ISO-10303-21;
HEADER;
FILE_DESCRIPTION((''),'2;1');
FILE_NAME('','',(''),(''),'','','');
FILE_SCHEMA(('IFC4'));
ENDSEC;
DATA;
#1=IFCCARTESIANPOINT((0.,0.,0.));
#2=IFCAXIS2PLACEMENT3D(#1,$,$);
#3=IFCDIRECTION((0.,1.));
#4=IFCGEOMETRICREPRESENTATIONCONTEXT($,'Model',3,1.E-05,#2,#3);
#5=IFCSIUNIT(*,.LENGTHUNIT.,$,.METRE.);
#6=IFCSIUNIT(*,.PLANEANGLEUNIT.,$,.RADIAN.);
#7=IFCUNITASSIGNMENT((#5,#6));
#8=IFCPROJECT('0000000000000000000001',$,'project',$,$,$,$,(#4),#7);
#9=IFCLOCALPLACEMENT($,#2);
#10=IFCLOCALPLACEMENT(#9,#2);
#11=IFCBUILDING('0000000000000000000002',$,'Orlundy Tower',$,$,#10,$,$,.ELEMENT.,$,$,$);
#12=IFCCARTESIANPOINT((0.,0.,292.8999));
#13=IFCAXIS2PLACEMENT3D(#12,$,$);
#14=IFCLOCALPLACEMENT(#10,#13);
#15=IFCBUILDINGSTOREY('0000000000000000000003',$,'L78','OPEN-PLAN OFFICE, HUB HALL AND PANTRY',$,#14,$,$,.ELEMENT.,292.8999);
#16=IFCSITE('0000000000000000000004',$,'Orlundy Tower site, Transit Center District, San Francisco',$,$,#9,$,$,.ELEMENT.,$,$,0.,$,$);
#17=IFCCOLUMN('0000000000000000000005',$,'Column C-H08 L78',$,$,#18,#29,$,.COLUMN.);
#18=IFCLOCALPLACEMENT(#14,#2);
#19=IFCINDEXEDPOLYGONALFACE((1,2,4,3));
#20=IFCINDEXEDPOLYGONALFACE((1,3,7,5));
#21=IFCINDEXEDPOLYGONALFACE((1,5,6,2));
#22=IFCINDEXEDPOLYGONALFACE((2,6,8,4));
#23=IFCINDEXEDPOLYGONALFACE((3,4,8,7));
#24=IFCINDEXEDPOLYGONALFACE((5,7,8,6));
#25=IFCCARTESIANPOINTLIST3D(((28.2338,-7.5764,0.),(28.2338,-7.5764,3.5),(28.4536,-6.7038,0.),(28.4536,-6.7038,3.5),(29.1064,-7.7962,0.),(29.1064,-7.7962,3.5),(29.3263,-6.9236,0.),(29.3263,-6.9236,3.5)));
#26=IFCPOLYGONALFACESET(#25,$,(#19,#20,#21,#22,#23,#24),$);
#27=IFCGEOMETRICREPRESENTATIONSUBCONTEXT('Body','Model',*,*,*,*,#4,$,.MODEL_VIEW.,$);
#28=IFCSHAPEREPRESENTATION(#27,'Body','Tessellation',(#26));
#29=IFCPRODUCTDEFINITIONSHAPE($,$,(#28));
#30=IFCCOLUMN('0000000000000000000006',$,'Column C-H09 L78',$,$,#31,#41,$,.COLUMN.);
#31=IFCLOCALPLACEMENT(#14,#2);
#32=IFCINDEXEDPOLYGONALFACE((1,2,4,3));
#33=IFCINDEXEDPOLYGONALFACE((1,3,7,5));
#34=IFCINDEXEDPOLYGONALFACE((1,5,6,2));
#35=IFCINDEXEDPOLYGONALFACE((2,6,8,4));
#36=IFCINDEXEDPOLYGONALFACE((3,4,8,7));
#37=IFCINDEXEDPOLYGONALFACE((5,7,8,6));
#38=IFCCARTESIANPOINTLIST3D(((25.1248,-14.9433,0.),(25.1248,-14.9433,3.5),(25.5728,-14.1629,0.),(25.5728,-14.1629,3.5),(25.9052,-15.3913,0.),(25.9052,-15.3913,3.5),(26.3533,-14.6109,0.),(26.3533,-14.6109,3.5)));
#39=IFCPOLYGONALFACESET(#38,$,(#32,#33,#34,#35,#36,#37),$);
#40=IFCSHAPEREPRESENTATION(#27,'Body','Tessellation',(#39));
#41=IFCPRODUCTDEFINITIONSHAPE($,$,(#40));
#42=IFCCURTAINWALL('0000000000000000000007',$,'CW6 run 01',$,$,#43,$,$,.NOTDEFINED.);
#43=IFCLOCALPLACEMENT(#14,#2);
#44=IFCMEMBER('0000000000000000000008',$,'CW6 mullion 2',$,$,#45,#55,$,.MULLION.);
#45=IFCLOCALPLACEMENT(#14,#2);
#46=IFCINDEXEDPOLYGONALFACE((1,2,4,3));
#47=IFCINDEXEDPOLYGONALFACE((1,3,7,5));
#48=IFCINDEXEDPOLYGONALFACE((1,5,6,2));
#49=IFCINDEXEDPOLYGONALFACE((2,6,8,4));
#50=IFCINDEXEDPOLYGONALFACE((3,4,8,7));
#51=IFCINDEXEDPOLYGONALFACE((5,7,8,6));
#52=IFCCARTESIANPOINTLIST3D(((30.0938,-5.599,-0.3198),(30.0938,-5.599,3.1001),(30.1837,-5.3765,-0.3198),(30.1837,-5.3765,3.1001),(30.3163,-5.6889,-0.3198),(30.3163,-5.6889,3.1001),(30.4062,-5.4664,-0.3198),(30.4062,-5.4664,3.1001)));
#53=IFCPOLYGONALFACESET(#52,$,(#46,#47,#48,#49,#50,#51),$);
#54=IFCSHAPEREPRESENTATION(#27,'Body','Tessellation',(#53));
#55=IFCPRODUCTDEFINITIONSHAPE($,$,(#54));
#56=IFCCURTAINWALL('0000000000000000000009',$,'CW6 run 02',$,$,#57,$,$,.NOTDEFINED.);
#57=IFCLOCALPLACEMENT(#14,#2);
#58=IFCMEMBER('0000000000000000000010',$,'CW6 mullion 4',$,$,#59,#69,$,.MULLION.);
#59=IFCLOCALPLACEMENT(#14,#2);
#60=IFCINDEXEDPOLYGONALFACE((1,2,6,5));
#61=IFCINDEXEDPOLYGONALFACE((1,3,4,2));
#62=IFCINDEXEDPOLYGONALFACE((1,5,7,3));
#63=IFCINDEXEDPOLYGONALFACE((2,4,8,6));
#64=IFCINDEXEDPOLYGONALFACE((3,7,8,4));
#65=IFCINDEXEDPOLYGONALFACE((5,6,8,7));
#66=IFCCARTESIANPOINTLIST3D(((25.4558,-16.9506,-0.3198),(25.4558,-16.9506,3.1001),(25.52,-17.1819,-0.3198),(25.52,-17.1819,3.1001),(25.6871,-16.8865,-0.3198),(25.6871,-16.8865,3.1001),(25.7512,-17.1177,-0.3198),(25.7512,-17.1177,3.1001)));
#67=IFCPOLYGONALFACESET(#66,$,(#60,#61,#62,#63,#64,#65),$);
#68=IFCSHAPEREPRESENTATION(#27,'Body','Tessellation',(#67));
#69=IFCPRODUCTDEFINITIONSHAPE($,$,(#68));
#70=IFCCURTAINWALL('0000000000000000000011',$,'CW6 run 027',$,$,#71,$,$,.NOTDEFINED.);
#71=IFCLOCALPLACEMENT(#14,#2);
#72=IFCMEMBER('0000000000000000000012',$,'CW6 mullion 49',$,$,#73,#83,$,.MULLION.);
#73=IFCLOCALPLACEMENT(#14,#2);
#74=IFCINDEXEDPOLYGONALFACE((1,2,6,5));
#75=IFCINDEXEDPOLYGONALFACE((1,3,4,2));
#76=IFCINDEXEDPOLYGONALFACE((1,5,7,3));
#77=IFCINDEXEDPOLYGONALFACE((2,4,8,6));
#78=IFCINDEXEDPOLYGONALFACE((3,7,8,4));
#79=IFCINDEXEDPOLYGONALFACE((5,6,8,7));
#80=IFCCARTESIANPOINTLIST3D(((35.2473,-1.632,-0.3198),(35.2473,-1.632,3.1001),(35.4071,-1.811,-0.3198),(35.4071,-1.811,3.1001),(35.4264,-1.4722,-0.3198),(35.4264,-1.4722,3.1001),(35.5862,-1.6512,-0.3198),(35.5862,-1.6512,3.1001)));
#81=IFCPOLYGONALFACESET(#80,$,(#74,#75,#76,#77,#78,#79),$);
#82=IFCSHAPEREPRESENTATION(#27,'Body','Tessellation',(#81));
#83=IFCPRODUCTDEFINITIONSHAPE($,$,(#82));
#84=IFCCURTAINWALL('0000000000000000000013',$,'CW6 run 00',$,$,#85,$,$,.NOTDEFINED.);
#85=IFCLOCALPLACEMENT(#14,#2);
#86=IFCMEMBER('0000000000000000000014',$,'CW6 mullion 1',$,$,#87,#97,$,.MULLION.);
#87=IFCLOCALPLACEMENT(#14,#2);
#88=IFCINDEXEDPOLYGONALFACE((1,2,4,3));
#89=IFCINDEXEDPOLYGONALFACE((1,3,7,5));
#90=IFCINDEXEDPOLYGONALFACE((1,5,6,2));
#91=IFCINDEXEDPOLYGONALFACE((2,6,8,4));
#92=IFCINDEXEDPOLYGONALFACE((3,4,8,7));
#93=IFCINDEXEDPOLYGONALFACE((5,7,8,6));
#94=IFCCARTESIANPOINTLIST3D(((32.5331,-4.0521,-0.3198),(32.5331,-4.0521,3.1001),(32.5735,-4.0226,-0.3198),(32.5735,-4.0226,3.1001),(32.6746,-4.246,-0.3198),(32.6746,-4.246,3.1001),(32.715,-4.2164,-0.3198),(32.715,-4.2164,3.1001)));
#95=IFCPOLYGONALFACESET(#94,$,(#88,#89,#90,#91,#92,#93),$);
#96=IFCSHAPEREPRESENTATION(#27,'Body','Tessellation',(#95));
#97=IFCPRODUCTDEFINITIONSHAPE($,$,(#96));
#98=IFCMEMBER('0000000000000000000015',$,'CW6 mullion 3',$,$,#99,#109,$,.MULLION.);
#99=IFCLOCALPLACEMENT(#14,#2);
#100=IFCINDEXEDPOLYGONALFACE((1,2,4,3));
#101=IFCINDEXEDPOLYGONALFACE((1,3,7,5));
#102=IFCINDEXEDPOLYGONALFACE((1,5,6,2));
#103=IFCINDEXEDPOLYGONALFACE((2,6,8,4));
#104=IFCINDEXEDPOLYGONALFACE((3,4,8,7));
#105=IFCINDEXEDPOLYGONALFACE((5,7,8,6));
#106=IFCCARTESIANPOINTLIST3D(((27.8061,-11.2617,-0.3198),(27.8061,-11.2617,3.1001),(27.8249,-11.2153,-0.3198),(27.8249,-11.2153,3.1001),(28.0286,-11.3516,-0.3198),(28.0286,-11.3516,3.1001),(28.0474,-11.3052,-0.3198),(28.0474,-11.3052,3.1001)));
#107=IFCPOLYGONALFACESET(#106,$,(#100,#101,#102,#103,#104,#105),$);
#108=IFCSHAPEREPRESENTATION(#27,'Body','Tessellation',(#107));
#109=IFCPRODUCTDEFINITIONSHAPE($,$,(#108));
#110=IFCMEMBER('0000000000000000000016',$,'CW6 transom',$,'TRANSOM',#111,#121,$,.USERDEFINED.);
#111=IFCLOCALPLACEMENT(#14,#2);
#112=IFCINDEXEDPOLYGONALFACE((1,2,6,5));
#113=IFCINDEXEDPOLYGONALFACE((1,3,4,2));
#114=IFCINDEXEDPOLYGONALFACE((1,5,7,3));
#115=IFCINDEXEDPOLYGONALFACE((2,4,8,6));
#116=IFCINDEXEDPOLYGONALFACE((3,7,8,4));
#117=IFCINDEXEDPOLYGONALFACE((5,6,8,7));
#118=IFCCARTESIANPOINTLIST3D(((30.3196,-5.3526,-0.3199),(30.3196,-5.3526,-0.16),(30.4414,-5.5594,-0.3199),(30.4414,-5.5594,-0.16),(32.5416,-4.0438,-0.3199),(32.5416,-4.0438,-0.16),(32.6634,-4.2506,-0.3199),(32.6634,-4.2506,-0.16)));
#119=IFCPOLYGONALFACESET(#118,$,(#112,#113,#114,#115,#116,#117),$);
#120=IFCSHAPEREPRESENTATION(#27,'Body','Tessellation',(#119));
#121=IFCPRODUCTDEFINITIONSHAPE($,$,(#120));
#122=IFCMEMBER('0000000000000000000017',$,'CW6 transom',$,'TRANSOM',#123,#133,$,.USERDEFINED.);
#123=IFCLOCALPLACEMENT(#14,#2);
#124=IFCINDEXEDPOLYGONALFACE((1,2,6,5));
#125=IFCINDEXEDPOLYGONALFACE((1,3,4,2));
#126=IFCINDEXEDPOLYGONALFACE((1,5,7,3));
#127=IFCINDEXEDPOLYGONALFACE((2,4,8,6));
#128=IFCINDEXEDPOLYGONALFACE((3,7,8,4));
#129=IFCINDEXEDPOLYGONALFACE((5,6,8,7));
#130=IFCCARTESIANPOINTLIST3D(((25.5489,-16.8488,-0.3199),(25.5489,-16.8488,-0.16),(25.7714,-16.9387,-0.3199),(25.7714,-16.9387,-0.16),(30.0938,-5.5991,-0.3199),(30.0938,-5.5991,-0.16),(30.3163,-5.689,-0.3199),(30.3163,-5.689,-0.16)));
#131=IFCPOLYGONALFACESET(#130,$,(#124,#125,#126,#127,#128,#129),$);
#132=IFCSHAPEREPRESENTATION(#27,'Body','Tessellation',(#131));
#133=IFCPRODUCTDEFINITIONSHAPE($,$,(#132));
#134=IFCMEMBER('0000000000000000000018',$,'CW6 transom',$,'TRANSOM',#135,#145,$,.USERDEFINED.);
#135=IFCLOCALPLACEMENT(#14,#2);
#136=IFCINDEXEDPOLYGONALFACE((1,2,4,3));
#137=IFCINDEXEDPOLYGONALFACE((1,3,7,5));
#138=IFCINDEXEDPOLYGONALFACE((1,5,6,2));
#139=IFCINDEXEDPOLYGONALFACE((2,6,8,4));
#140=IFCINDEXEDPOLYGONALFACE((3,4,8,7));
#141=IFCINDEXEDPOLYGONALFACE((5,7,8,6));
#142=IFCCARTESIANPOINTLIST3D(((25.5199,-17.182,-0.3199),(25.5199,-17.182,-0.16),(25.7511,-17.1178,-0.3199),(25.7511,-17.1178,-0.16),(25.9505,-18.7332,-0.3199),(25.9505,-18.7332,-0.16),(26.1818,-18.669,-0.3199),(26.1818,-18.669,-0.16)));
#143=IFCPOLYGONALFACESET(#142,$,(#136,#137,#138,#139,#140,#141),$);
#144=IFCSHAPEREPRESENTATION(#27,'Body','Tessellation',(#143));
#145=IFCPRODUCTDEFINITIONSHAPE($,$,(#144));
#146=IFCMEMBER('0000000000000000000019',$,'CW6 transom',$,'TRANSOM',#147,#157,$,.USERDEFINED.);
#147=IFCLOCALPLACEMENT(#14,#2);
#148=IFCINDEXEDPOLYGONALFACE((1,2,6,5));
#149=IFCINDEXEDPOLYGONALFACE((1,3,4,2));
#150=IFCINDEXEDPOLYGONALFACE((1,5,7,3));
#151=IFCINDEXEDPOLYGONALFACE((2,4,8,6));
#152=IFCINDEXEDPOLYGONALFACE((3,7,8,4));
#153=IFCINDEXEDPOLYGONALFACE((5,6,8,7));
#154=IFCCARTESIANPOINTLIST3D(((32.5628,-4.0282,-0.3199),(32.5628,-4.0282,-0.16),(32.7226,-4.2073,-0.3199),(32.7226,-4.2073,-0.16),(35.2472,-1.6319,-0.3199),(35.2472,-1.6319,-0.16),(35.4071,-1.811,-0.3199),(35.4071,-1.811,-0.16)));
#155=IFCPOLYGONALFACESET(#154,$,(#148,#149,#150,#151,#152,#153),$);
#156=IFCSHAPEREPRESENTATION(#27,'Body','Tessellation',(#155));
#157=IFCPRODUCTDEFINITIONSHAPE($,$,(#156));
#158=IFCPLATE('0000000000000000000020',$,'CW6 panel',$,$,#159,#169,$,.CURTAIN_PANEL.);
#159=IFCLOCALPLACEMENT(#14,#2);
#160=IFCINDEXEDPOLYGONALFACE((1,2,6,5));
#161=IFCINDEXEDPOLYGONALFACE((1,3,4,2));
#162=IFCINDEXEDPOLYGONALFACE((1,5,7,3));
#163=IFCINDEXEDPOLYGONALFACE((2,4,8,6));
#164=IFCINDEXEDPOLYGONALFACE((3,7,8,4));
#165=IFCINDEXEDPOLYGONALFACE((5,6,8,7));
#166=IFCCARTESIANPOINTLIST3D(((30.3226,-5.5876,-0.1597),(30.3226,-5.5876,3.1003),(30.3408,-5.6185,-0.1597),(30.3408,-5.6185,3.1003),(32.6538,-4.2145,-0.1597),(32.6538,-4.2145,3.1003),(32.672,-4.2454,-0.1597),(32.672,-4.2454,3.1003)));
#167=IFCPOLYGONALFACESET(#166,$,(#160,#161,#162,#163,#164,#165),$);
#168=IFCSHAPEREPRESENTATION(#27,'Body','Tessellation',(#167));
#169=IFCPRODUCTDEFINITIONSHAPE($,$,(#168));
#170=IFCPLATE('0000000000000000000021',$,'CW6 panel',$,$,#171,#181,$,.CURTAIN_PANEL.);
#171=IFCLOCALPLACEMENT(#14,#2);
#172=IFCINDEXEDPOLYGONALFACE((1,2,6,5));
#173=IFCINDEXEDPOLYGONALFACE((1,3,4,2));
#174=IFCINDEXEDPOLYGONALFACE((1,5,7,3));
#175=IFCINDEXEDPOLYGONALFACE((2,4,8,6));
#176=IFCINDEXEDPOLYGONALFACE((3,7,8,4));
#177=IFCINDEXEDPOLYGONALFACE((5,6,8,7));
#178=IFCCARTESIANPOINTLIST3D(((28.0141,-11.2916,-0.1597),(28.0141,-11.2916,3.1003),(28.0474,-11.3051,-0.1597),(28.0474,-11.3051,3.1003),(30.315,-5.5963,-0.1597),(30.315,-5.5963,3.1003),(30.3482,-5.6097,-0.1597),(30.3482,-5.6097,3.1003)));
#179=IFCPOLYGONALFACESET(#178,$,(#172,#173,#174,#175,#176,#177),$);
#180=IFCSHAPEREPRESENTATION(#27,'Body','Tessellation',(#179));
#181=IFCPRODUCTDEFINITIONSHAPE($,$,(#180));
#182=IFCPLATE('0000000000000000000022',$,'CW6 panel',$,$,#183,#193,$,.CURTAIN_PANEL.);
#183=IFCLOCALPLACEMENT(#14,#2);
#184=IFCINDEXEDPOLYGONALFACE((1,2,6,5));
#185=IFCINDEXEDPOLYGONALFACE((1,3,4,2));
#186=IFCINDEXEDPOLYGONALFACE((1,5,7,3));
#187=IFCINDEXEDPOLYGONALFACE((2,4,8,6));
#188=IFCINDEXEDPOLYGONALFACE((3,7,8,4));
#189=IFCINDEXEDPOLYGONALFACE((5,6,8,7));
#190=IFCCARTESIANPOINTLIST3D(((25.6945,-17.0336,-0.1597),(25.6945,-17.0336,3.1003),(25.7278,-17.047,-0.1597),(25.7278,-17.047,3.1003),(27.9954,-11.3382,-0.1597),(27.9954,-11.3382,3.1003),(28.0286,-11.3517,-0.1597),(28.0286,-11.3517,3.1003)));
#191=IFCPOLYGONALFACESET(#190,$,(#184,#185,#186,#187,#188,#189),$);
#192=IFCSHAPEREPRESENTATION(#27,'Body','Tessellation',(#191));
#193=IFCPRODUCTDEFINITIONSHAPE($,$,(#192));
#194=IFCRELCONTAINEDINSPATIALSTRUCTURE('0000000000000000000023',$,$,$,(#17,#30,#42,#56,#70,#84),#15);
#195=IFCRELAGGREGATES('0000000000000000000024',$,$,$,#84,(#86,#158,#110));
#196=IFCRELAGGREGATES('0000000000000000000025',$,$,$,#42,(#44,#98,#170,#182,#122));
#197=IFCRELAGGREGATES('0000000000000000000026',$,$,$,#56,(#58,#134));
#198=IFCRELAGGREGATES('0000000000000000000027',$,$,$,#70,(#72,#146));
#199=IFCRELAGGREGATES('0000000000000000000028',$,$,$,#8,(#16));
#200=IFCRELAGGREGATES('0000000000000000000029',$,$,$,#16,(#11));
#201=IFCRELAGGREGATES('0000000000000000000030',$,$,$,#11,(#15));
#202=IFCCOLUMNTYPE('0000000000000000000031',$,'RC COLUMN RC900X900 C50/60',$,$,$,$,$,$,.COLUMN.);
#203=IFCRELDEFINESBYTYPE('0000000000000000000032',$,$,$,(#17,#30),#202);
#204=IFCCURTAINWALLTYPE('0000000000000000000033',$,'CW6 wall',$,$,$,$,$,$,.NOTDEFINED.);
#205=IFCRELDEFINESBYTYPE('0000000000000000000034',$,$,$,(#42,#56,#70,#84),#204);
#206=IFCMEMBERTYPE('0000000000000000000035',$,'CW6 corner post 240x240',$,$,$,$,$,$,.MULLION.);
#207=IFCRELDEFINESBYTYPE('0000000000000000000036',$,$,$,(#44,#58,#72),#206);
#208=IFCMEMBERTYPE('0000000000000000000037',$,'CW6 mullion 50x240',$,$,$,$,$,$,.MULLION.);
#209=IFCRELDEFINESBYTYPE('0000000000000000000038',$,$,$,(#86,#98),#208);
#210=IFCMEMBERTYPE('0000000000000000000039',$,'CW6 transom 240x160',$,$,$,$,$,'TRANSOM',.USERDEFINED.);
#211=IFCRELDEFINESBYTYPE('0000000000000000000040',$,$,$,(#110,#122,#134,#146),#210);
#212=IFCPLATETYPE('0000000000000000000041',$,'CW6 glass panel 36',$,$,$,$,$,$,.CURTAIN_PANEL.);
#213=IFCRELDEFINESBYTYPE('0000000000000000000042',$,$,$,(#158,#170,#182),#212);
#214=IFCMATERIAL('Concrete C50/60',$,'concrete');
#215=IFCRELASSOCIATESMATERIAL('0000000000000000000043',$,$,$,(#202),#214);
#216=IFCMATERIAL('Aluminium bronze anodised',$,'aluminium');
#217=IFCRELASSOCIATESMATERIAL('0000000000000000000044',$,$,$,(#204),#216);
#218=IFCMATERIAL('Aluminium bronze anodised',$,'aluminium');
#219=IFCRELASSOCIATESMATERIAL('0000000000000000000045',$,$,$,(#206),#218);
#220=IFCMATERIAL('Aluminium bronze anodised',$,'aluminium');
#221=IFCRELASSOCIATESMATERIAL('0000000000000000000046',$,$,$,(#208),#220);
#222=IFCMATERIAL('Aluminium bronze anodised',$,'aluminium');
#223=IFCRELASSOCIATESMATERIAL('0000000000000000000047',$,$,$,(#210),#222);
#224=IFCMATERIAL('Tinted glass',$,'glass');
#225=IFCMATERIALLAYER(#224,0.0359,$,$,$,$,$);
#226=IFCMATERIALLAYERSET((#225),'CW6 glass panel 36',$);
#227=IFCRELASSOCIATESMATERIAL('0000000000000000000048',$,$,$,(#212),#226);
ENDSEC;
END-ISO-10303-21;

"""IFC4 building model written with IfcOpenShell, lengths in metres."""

from ifc_helpers import new_model, si_unit, direction, frame, origin, origin_2d, place, context, subcontext, project, spatial, rectangle, extrude, material, layer, layer_set, material_profile, profile_set, type_object, element, aggregate, save


model = new_model("IFC4")

# Units and contexts
model_context = context("Model", 3, precision=1e-05, world=origin(), true_north=direction((0.0, 1.0)))
body_context = subcontext(model_context, "Body", "Model", "MODEL_VIEW")
ifc_project = project(units=[si_unit("LENGTHUNIT", "METRE"), si_unit("PLANEANGLEUNIT", "RADIAN")], contexts=[model_context])

# Site, building, storey
site_placement = place(None, origin())
site = spatial("IfcSite", under=ifc_project, at=site_placement, Name="Orlundy Tower site, Transit Center District, San Francisco", CompositionType="ELEMENT", RefElevation=0.0)
building_placement = place(site_placement, origin())
building = spatial("IfcBuilding", under=site, at=building_placement, Name="Orlundy Tower", CompositionType="ELEMENT")
storey_placement = place(building_placement, frame((0.0, 0.0, 292.8999)))
storey = spatial("IfcBuildingStorey", under=building, at=storey_placement, Name="L78", Description="OPEN-PLAN OFFICE, HUB HALL AND PANTRY", CompositionType="ELEMENT", Elevation=292.8999)

# Columns
ifc_material_1 = material(Name="Concrete C50/60", Category="concrete")
ifc_material_profile_1 = material_profile(ifc_material_1, rectangle(XDim=0.8999, YDim=0.8999, at=origin_2d()), Name="RC900X900")
ifc_profile_set_1 = profile_set([ifc_material_profile_1], Name="Concrete C50/60")
column_type = type_object("IfcColumnType", Name="RC COLUMN RC900X900 C50/60", PredefinedType="COLUMN", material=ifc_profile_set_1)
for number, where, z_axis, x_axis, name in (
    (1, (28.78, -7.25, 0.0), (0.0, 0.0, 1.0), (0.969706, -0.244275, 0.0), "Column C-H08 L78"),
    (2, (25.739, -14.7771, 0.0), (0.0, 0.0, 1.0), (0.867236, -0.497898, 0.0), "Column C-H09 L78"),
):
    element("IfcColumn", number, at=place(storey_placement, frame(where, z_axis=z_axis, x_axis=x_axis)), inside=storey, type_object=column_type, Name=name, PredefinedType="COLUMN", context=body_context, shape_type="SweptSolid", body=[
        extrude(rectangle(XDim=0.8999, YDim=0.8999, at=origin_2d()), origin(), (0.0, 0.0, 1.0), 3.5),
    ])

# Curtain walls, members
ifc_material_2 = material(Name="Aluminium bronze anodised", Category="aluminium")
curtain_wall_type = type_object("IfcCurtainWallType", Name="CW6 wall", PredefinedType="NOTDEFINED", material=ifc_material_2)
curtain_wall_1_placement = place(storey_placement, origin())
curtain_wall_1 = element("IfcCurtainWall", 3, at=curtain_wall_1_placement, inside=storey, type_object=curtain_wall_type, Name="CW6 run 01", PredefinedType="NOTDEFINED")
ifc_material_3 = material(Name="Aluminium bronze anodised", Category="aluminium")
ifc_material_profile_2 = material_profile(ifc_material_3, rectangle(XDim=0.24, YDim=0.24, at=origin_2d()), Name="CW6 corner post 240x240")
ifc_profile_set_2 = profile_set([ifc_material_profile_2], Name="Aluminium bronze anodised")
member_type_1 = type_object("IfcMemberType", Name="CW6 corner post 240x240", PredefinedType="MULLION", material=ifc_profile_set_2)
member_1_placement = place(storey_placement, frame((30.25, -5.5327, -0.3198), z_axis=(0.0, 0.0, 1.0), x_axis=(0.927195, -0.374578, 0.0)))
member_1 = element("IfcMember", 4, at=member_1_placement, type_object=member_type_1, Name="CW6 mullion 2", PredefinedType="MULLION", context=body_context, shape_type="SweptSolid", body=[
    extrude(rectangle(XDim=0.24, YDim=0.24, at=origin_2d()), origin(), (0.0, 0.0, 1.0), 3.4199),
])
curtain_wall_2_placement = place(storey_placement, origin())
curtain_wall_2 = element("IfcCurtainWall", 5, at=curtain_wall_2_placement, inside=storey, type_object=curtain_wall_type, Name="CW6 run 02", PredefinedType="NOTDEFINED")
member_2_placement = place(storey_placement, frame((25.6035, -17.0342, -0.3198), z_axis=(0.0, 0.0, 1.0), x_axis=(0.96359, 0.267384, 0.0)))
member_2 = element("IfcMember", 6, at=member_2_placement, type_object=member_type_1, Name="CW6 mullion 4", PredefinedType="MULLION", context=body_context, shape_type="SweptSolid", body=[
    extrude(rectangle(XDim=0.24, YDim=0.24, at=origin_2d()), origin(), (0.0, 0.0, 1.0), 3.4199),
])
curtain_wall_3_placement = place(storey_placement, origin())
curtain_wall_3 = element("IfcCurtainWall", 7, at=curtain_wall_3_placement, inside=storey, type_object=curtain_wall_type, Name="CW6 run 027", PredefinedType="NOTDEFINED")
member_3_placement = place(storey_placement, frame((35.4167, -1.6416, -0.3198), z_axis=(0.0, 0.0, 1.0), x_axis=(0.665919, -0.746024, 0.0)))
member_3 = element("IfcMember", 8, at=member_3_placement, type_object=member_type_1, Name="CW6 mullion 49", PredefinedType="MULLION", context=body_context, shape_type="SweptSolid", body=[
    extrude(rectangle(XDim=0.24, YDim=0.24, at=origin_2d()), origin(), (0.0, 0.0, 1.0), 3.4199),
])
curtain_wall_4_placement = place(storey_placement, origin())
curtain_wall_4 = element("IfcCurtainWall", 9, at=curtain_wall_4_placement, inside=storey, type_object=curtain_wall_type, Name="CW6 run 00", PredefinedType="NOTDEFINED")
ifc_material_4 = material(Name="Aluminium bronze anodised", Category="aluminium")
ifc_material_profile_3 = material_profile(ifc_material_4, rectangle(XDim=0.24, YDim=0.05, at=origin_2d()), Name="CW6 mullion 50x240")
ifc_profile_set_3 = profile_set([ifc_material_profile_3], Name="Aluminium bronze anodised")
member_type_2 = type_object("IfcMemberType", Name="CW6 mullion 50x240", PredefinedType="MULLION", material=ifc_profile_set_3)
member_4_placement = place(storey_placement, frame((32.624, -4.1343, -0.3198), z_axis=(0.0, 0.0, 1.0), x_axis=(0.589554, -0.807729, 0.0)))
member_4 = element("IfcMember", 10, at=member_4_placement, type_object=member_type_2, Name="CW6 mullion 1", PredefinedType="MULLION", context=body_context, shape_type="SweptSolid", body=[
    extrude(rectangle(XDim=0.24, YDim=0.05, at=origin_2d()), origin(), (0.0, 0.0, 1.0), 3.4199),
])

# Members
member_5_placement = place(storey_placement, frame((27.9268, -11.2834, -0.3198), z_axis=(0.0, 0.0, 1.0), x_axis=(0.927195, -0.374578, 0.0)))
member_5 = element("IfcMember", 11, at=member_5_placement, type_object=member_type_2, Name="CW6 mullion 3", PredefinedType="MULLION", context=body_context, shape_type="SweptSolid", body=[
    extrude(rectangle(XDim=0.24, YDim=0.05, at=origin_2d()), origin(), (0.0, 0.0, 1.0), 3.4199),
])
ifc_material_5 = material(Name="Aluminium bronze anodised", Category="aluminium")
ifc_material_profile_4 = material_profile(ifc_material_5, rectangle(XDim=0.24, YDim=0.1599, at=origin_2d()), Name="CW6 transom 240x160")
ifc_profile_set_4 = profile_set([ifc_material_profile_4], Name="Aluminium bronze anodised")
member_type_3 = type_object("IfcMemberType", Name="CW6 transom 240x160", ElementType="TRANSOM", PredefinedType="USERDEFINED", material=ifc_profile_set_4)
member_6_placement = place(storey_placement, frame((32.6025, -4.1472, -0.24), z_axis=(-0.861649, -0.507504, 0.0), x_axis=(0.507504, -0.861649, 0.0)))
member_6 = element("IfcMember", 12, at=member_6_placement, type_object=member_type_3, Name="CW6 transom", ObjectType="TRANSOM", PredefinedType="USERDEFINED", context=body_context, shape_type="SweptSolid", body=[
    extrude(rectangle(XDim=0.24, YDim=0.1599, at=origin_2d()), origin(), (0.0, 0.0, 1.0), 2.5789),
])
member_7_placement = place(storey_placement, frame((30.2051, -5.644, -0.24), z_axis=(-0.374587, -0.927192, 0.0), x_axis=(0.927192, -0.374587, 0.0)))
member_7 = element("IfcMember", 13, at=member_7_placement, type_object=member_type_3, Name="CW6 transom", ObjectType="TRANSOM", PredefinedType="USERDEFINED", context=body_context, shape_type="SweptSolid", body=[
    extrude(rectangle(XDim=0.24, YDim=0.1599, at=origin_2d()), origin(), (0.0, 0.0, 1.0), 12.1331),
])
member_8_placement = place(storey_placement, frame((25.6355, -17.1499, -0.24), z_axis=(0.267503, -0.963557, 0.0), x_axis=(0.963557, 0.267503, 0.0)))
member_8 = element("IfcMember", 14, at=member_8_placement, type_object=member_type_3, Name="CW6 transom", ObjectType="TRANSOM", PredefinedType="USERDEFINED", context=body_context, shape_type="SweptSolid", body=[
    extrude(rectangle(XDim=0.24, YDim=0.1599, at=origin_2d()), origin(), (0.0, 0.0, 1.0), 1.6099),
])
member_9_placement = place(storey_placement, frame((35.3271, -1.7214, -0.24), z_axis=(-0.746004, -0.665942, 0.0), x_axis=(0.665942, -0.746004, 0.0)))
member_9 = element("IfcMember", 15, at=member_9_placement, type_object=member_type_3, Name="CW6 transom", ObjectType="TRANSOM", PredefinedType="USERDEFINED", context=body_context, shape_type="SweptSolid", body=[
    extrude(rectangle(XDim=0.24, YDim=0.1599, at=origin_2d()), origin(), (0.0, 0.0, 1.0), 3.5984),
])

# Plates
ifc_material_6 = material(Name="Tinted glass", Category="glass")
ifc_layer_1 = layer(ifc_material_6, 0.0359)
ifc_layer_set_1 = layer_set([ifc_layer_1], Name="CW6 glass panel 36")
plate_type = type_object("IfcPlateType", Name="CW6 glass panel 36", PredefinedType="CURTAIN_PANEL", material=ifc_layer_set_1)
plate_1_placement = place(storey_placement, frame((31.4973, -4.9165, -0.1597), z_axis=(0.0, 0.0, 1.0), x_axis=(-0.861648, -0.507507, 0.0)))
plate_1 = element("IfcPlate", 16, at=plate_1_placement, type_object=plate_type, Name="CW6 panel", PredefinedType="CURTAIN_PANEL", context=body_context, shape_type="SweptSolid", body=[
    extrude(rectangle(XDim=2.7056, YDim=0.0359, at=origin_2d()), origin(), (0.0, 0.0, 1.0), 3.26),
])
aggregate(curtain_wall_4, [member_4, plate_1, member_6])
plate_2_placement = place(storey_placement, frame((29.1812, -8.4507, -0.1597), z_axis=(0.0, 0.0, 1.0), x_axis=(-0.374578, -0.927195, 0.0)))
plate_2 = element("IfcPlate", 17, at=plate_2_placement, type_object=plate_type, Name="CW6 panel", PredefinedType="CURTAIN_PANEL", context=body_context, shape_type="SweptSolid", body=[
    extrude(rectangle(XDim=6.1426, YDim=0.0359, at=origin_2d()), origin(), (0.0, 0.0, 1.0), 3.26),
])
plate_3_placement = place(storey_placement, frame((26.8616, -14.1926, -0.1597), z_axis=(0.0, 0.0, 1.0), x_axis=(-0.374578, -0.927195, 0.0)))
plate_3 = element("IfcPlate", 18, at=plate_3_placement, type_object=plate_type, Name="CW6 panel", PredefinedType="CURTAIN_PANEL", context=body_context, shape_type="SweptSolid", body=[
    extrude(rectangle(XDim=6.1426, YDim=0.0359, at=origin_2d()), origin(), (0.0, 0.0, 1.0), 3.26),
])
aggregate(curtain_wall_1, [member_1, member_5, plate_2, plate_3, member_7])
aggregate(curtain_wall_2, [member_2, member_8])
aggregate(curtain_wall_3, [member_3, member_9])

save(model, "model.ifc")
